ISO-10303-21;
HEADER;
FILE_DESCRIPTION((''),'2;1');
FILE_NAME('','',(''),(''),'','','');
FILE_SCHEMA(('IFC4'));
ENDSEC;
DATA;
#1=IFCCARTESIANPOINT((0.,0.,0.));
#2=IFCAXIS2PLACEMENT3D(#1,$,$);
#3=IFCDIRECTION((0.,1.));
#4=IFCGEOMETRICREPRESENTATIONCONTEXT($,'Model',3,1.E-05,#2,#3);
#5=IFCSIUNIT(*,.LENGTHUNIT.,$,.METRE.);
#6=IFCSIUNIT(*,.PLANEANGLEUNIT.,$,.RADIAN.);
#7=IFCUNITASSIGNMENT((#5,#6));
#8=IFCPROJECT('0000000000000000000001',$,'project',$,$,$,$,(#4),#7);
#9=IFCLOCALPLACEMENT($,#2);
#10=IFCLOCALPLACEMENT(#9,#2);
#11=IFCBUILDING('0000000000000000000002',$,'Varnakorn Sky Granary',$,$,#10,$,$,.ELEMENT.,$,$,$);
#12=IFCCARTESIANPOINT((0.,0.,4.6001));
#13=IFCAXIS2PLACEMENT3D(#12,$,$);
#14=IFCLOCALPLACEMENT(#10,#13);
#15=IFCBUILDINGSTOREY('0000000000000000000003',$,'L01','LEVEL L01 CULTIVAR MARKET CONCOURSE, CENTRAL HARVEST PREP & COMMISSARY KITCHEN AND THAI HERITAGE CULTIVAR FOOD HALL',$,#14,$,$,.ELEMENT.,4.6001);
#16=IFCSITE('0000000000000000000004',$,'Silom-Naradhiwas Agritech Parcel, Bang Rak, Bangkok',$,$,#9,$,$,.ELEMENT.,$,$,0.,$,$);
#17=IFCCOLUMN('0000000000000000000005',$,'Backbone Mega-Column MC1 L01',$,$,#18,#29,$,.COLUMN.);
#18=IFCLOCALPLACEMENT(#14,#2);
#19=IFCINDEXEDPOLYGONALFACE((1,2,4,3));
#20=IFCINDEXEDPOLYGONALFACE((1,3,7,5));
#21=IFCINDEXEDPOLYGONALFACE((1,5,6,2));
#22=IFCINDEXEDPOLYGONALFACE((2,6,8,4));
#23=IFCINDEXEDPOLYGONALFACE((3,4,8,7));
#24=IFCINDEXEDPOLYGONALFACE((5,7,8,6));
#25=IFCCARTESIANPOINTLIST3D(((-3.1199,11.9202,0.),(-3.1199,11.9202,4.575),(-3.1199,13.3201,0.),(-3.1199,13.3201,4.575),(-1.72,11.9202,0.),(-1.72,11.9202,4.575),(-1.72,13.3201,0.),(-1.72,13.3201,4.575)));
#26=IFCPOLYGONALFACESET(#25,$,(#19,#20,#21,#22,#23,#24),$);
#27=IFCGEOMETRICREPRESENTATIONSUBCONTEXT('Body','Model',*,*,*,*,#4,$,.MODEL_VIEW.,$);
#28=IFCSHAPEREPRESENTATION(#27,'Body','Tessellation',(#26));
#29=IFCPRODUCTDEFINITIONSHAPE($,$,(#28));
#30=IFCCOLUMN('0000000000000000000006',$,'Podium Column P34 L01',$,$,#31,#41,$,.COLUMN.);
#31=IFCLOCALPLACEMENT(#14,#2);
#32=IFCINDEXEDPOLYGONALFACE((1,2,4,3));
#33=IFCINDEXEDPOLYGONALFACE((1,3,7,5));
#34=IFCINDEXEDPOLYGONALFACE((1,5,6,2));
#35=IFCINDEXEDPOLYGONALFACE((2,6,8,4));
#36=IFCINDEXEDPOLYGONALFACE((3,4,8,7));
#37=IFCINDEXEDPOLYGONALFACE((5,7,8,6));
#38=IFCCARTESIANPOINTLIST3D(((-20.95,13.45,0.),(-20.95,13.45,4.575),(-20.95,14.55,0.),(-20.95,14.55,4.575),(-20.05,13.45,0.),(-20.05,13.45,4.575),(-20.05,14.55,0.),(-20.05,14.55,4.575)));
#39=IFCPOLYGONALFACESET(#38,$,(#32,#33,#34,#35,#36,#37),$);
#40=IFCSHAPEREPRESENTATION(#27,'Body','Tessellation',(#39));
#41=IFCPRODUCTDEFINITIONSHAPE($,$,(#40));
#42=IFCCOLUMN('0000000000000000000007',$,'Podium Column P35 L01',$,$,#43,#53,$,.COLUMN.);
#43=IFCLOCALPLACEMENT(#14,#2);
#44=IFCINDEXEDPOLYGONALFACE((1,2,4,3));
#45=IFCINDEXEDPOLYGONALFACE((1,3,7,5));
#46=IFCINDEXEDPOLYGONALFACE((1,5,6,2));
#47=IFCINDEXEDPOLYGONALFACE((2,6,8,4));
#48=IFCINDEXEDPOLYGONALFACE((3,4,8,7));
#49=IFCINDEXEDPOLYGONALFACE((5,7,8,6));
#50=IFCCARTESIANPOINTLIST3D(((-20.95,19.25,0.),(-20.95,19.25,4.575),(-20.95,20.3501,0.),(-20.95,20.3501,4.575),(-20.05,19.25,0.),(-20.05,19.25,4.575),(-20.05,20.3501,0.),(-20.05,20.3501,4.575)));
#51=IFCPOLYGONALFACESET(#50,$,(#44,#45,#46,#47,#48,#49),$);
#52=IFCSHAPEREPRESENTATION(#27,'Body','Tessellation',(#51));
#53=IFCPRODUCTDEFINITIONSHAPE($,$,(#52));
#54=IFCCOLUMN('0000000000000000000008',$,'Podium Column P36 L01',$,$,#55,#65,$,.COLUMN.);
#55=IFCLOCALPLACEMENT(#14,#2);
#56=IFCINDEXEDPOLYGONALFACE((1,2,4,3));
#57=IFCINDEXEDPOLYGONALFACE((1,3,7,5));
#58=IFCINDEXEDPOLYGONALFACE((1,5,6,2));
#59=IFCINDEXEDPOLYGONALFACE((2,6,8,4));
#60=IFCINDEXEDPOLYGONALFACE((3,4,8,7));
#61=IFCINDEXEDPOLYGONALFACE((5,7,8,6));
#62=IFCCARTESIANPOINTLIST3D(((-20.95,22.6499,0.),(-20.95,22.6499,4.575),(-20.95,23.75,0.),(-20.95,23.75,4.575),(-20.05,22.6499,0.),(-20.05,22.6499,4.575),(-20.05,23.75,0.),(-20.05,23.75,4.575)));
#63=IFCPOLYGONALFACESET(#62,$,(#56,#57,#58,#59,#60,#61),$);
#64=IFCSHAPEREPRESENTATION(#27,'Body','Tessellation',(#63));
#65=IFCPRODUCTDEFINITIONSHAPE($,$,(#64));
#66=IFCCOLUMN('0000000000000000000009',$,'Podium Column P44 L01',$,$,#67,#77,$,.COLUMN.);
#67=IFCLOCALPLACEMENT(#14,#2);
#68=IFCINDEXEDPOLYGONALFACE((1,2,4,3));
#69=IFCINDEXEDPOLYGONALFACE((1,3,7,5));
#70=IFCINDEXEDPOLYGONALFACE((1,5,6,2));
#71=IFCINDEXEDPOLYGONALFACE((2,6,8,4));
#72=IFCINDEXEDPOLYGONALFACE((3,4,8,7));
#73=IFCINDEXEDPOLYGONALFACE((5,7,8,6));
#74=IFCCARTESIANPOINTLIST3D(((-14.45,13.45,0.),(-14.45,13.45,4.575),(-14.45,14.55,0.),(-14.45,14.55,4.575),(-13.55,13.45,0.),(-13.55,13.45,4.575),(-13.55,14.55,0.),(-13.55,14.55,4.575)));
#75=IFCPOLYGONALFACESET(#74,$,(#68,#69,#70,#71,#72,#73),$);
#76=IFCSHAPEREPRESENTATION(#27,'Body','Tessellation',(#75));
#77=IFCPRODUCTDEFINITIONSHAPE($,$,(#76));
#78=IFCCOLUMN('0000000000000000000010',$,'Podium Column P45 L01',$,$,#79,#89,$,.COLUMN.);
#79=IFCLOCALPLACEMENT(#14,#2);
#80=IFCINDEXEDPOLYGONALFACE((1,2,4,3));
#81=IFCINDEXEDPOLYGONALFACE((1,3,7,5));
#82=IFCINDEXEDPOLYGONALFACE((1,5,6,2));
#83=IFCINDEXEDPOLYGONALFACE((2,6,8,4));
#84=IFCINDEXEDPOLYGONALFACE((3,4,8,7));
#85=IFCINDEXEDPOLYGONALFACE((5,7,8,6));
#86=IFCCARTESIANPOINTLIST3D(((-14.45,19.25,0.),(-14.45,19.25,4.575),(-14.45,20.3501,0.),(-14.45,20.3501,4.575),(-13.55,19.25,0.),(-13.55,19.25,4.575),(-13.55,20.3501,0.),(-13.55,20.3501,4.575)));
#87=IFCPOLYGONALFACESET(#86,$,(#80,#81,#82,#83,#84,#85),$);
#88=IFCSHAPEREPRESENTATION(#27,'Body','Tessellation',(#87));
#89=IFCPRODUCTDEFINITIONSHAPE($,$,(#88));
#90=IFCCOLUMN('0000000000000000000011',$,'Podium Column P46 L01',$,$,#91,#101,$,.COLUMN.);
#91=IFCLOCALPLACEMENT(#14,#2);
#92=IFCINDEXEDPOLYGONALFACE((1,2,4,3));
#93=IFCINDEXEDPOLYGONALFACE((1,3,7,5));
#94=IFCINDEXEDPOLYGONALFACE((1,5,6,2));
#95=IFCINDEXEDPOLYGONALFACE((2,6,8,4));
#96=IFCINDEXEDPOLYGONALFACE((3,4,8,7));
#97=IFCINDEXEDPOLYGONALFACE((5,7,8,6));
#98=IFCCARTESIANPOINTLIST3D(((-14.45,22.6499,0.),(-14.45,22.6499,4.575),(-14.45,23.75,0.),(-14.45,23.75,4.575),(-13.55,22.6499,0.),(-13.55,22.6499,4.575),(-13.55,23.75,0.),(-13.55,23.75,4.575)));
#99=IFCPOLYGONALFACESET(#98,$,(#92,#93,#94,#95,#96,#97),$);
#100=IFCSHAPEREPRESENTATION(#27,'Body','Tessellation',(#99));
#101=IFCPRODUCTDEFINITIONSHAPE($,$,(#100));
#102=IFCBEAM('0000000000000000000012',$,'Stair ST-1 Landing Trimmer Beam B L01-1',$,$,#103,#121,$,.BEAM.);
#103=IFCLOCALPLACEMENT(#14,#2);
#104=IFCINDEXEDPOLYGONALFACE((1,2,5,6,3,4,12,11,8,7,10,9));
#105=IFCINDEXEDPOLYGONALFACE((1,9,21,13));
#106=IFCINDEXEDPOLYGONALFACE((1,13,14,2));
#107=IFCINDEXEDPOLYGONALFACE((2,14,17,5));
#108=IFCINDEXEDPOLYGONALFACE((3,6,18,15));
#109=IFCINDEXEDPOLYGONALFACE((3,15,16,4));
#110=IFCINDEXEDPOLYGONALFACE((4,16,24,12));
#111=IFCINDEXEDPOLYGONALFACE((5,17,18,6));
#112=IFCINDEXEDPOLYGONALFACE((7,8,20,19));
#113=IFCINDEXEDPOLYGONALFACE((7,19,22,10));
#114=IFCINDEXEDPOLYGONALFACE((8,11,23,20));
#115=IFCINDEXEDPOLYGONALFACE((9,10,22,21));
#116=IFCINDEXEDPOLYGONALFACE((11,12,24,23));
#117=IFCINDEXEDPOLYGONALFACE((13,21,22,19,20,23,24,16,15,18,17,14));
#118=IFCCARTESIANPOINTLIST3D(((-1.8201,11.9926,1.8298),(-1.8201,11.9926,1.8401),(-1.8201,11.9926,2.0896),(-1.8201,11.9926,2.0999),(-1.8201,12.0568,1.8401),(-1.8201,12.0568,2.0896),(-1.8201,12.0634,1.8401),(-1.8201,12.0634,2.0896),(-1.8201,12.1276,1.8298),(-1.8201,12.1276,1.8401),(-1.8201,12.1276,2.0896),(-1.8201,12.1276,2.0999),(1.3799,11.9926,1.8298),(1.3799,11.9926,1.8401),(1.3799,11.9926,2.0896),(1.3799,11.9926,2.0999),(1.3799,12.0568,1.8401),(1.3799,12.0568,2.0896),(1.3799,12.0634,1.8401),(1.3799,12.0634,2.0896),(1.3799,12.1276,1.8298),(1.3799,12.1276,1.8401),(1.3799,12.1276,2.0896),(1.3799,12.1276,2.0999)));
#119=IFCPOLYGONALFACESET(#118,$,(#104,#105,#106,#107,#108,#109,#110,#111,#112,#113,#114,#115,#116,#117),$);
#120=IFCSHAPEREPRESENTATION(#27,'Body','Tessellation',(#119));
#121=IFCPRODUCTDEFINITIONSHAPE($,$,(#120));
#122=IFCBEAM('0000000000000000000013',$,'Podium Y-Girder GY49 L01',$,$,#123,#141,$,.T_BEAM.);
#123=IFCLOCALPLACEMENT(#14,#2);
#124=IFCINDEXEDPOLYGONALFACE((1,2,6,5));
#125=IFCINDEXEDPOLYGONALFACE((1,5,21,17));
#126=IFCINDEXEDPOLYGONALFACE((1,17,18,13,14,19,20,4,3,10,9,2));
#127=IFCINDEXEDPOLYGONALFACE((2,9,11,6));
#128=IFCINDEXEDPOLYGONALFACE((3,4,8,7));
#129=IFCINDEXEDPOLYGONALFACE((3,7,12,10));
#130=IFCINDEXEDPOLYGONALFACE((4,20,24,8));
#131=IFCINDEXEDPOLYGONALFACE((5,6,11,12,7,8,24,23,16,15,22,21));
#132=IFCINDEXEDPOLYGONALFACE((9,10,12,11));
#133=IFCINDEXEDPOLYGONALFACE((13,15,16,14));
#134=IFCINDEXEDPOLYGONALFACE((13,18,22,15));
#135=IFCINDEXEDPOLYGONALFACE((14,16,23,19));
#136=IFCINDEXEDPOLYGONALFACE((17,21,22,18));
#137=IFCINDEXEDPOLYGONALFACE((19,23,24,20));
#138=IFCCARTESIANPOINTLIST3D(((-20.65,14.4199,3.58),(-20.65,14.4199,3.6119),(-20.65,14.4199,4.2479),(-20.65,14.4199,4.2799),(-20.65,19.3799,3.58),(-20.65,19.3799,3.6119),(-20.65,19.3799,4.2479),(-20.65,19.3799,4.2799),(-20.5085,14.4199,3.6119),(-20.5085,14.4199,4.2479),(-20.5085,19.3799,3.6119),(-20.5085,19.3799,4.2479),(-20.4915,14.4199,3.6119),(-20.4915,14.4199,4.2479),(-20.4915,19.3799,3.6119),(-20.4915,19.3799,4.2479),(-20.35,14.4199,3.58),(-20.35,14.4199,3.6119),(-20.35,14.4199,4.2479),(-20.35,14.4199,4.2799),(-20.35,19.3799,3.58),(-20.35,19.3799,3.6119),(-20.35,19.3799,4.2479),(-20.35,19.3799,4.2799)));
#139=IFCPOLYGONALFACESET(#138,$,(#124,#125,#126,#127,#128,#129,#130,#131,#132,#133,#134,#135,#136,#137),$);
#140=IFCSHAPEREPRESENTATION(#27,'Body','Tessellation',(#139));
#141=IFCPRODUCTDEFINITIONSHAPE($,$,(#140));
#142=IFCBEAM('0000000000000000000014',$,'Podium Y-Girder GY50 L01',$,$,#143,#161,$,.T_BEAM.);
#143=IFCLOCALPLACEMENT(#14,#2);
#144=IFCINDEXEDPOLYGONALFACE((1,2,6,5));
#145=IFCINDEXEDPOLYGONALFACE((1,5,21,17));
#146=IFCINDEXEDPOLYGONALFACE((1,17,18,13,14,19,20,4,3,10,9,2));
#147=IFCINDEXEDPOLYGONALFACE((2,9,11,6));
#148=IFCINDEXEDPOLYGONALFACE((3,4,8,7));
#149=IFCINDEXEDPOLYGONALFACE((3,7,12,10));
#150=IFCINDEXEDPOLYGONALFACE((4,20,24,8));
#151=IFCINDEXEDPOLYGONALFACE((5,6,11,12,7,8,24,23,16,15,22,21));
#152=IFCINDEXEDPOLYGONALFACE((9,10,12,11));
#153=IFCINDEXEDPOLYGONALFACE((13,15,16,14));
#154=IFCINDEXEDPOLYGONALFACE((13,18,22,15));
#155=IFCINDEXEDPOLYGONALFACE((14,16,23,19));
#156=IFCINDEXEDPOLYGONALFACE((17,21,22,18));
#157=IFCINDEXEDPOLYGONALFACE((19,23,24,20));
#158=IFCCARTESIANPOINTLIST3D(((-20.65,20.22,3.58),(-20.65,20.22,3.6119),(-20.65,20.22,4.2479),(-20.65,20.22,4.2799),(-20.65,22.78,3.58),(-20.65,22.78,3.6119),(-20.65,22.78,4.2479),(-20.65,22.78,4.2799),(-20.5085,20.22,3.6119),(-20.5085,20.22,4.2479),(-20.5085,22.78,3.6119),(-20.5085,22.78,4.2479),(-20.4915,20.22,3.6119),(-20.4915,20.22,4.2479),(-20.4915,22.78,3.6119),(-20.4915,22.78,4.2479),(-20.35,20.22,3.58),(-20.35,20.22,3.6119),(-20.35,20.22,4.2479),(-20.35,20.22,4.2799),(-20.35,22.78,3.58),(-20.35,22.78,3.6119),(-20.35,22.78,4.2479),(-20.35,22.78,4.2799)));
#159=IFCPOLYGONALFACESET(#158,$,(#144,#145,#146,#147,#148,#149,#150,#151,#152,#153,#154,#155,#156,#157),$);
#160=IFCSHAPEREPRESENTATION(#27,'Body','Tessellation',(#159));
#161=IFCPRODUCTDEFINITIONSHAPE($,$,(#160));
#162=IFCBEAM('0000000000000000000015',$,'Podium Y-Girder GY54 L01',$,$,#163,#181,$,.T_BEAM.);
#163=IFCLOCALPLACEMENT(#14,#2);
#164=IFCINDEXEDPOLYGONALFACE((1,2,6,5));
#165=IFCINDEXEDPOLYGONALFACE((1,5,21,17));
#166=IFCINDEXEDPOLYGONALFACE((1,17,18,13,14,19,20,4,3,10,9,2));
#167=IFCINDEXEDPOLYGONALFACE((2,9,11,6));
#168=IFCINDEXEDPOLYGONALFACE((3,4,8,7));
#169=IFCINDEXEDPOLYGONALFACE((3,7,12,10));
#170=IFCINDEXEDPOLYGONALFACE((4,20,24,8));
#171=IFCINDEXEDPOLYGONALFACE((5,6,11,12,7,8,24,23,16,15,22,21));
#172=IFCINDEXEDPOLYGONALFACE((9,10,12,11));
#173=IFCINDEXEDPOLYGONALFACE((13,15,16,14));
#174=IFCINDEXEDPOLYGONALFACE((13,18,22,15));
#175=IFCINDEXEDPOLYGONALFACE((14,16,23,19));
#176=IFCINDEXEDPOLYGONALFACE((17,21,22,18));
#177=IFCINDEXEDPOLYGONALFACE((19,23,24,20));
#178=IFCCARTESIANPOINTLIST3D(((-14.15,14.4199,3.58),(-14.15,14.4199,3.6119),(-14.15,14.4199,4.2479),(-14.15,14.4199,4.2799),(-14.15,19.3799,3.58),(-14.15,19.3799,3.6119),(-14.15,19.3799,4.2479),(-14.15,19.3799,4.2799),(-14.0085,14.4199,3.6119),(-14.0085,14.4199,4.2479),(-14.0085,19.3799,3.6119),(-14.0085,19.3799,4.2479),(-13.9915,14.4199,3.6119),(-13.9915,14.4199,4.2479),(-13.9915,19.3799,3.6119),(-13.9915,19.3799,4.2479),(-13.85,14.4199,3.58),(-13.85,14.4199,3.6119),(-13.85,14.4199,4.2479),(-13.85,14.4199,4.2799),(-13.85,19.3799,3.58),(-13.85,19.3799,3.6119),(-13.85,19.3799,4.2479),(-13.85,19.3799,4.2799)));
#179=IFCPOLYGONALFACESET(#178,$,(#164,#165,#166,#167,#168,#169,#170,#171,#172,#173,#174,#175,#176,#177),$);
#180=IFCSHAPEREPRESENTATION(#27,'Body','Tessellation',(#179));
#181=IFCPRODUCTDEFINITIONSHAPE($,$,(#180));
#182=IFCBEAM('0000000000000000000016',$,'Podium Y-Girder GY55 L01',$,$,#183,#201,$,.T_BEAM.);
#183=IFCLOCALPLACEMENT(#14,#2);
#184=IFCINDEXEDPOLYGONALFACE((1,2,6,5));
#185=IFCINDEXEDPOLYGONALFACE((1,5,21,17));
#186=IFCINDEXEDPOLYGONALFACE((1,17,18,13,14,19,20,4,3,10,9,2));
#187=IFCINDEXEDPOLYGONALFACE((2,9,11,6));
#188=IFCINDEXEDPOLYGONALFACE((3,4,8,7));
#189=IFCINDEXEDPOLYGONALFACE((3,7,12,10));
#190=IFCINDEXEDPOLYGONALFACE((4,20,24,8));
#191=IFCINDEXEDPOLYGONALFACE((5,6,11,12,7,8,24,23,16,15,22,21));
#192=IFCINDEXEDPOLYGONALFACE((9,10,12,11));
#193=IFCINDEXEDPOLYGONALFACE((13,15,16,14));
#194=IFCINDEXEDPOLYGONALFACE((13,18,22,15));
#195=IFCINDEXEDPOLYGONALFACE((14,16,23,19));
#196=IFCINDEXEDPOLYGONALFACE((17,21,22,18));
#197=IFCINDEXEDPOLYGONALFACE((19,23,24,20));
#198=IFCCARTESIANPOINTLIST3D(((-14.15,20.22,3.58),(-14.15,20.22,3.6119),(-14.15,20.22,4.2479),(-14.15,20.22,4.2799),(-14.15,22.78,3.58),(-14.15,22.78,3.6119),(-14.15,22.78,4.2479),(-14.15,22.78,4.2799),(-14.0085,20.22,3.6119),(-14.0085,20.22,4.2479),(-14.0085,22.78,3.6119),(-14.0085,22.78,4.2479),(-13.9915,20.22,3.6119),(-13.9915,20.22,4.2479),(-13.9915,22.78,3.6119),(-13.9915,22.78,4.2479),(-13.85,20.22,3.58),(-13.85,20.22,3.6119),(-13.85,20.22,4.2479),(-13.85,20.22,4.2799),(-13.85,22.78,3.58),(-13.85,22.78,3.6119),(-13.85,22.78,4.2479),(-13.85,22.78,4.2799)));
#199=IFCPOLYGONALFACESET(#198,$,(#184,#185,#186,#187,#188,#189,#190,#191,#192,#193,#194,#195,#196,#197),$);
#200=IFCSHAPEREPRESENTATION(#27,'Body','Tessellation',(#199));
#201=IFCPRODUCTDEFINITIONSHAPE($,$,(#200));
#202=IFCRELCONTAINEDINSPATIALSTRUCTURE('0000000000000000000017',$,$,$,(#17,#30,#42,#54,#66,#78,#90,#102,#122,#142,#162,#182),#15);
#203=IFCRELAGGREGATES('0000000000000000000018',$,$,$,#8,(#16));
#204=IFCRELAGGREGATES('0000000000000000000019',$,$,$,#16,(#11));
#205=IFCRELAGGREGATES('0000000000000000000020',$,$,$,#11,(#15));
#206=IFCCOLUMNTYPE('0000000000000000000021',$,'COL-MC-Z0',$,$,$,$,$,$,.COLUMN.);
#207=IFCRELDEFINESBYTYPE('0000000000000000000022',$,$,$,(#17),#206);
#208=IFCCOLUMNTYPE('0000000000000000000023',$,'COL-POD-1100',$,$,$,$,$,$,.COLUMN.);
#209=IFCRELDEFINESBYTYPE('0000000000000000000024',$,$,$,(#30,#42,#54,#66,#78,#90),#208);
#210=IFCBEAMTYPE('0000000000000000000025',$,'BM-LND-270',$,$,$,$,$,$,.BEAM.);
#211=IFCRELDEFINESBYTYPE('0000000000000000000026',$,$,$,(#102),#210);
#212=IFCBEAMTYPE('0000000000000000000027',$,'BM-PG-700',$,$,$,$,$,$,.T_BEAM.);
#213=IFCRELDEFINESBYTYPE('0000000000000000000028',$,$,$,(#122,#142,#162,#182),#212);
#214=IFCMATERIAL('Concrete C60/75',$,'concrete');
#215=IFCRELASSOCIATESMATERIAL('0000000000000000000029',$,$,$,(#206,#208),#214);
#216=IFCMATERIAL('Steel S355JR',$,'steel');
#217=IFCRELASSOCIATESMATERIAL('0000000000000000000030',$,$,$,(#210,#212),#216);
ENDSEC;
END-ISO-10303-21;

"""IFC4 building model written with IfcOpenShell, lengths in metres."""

from ifc_helpers import new_model, si_unit, direction, frame, origin, origin_2d, place, context, subcontext, project, spatial, rectangle, i_section, extrude, material, material_profile, profile_set, type_object, element, save


model = new_model("IFC4")

# Units and contexts
model_context = context("Model", 3, precision=1e-05, world=origin(), true_north=direction((0.0, 1.0)))
body_context = subcontext(model_context, "Body", "Model", "MODEL_VIEW")
ifc_project = project(units=[si_unit("LENGTHUNIT", "METRE"), si_unit("PLANEANGLEUNIT", "RADIAN")], contexts=[model_context])

# Site, building, storey
site_placement = place(None, origin())
site = spatial("IfcSite", under=ifc_project, at=site_placement, Name="Silom-Naradhiwas Agritech Parcel, Bang Rak, Bangkok", CompositionType="ELEMENT", RefElevation=0.0)
building_placement = place(site_placement, origin())
building = spatial("IfcBuilding", under=site, at=building_placement, Name="Varnakorn Sky Granary", CompositionType="ELEMENT")
storey_placement = place(building_placement, frame((0.0, 0.0, 4.6001)))
storey = spatial("IfcBuildingStorey", under=building, at=storey_placement, Name="L01", Description="LEVEL L01 CULTIVAR MARKET CONCOURSE, CENTRAL HARVEST PREP & COMMISSARY KITCHEN AND THAI HERITAGE CULTIVAR FOOD HALL", CompositionType="ELEMENT", Elevation=4.6001)

# Columns
ifc_material_1 = material(Name="Concrete C60/75", Category="concrete")
ifc_material_profile_1 = material_profile(ifc_material_1, rectangle(XDim=1.3999, YDim=1.3999, at=origin_2d()), Name="RC 1400x1400")
ifc_profile_set_1 = profile_set([ifc_material_profile_1], Name="Concrete C60/75")
column_type_1 = type_object("IfcColumnType", Name="COL-MC-Z0", PredefinedType="COLUMN", material=ifc_profile_set_1)
column_placement = place(storey_placement, frame((-2.4199, 12.6201, 0.0), z_axis=(0.0, 0.0, 1.0), x_axis=(1.0, 0.0, 0.0)))
element("IfcColumn", 1, at=column_placement, inside=storey, type_object=column_type_1, Name="Backbone Mega-Column MC1 L01", PredefinedType="COLUMN", context=body_context, shape_type="SweptSolid", body=[
    extrude(rectangle(XDim=1.3999, YDim=1.3999, at=origin_2d()), origin(), (0.0, 0.0, 1.0), 4.575),
])
ifc_material_profile_2 = material_profile(ifc_material_1, rectangle(XDim=0.8999, YDim=1.1001, at=origin_2d()), Name="RC 900x1100")
ifc_profile_set_2 = profile_set([ifc_material_profile_2], Name="Concrete C60/75")
column_type_2 = type_object("IfcColumnType", Name="COL-POD-1100", PredefinedType="COLUMN", material=ifc_profile_set_2)
for number, where, z_axis, x_axis, name in (
    (2, (-20.5, 14.0, 0.0), (0.0, 0.0, 1.0), (1.0, 0.0, 0.0), "Podium Column P34 L01"),
    (3, (-20.5, 19.8, 0.0), (0.0, 0.0, 1.0), (1.0, 0.0, 0.0), "Podium Column P35 L01"),
    (4, (-20.5, 23.2, 0.0), (0.0, 0.0, 1.0), (1.0, 0.0, 0.0), "Podium Column P36 L01"),
    (5, (-14.0, 14.0, 0.0), (0.0, 0.0, 1.0), (1.0, 0.0, 0.0), "Podium Column P44 L01"),
    (6, (-14.0, 19.8, 0.0), (0.0, 0.0, 1.0), (1.0, 0.0, 0.0), "Podium Column P45 L01"),
    (7, (-14.0, 23.2, 0.0), (0.0, 0.0, 1.0), (1.0, 0.0, 0.0), "Podium Column P46 L01"),
):
    element("IfcColumn", number, at=place(storey_placement, frame(where, z_axis=z_axis, x_axis=x_axis)), inside=storey, type_object=column_type_2, Name=name, PredefinedType="COLUMN", context=body_context, shape_type="SweptSolid", body=[
        extrude(rectangle(XDim=0.8999, YDim=1.1001, at=origin_2d()), origin(), (0.0, 0.0, 1.0), 4.575),
    ])

# Beams
ifc_material_2 = material(Name="Steel S355JR", Category="steel")
ifc_material_profile_3 = material_profile(ifc_material_2, i_section(OverallWidth=0.135, OverallDepth=0.27, WebThickness=0.0066, FlangeThickness=0.0103, at=origin_2d()), Name="IPE 270")
ifc_profile_set_3 = profile_set([ifc_material_profile_3], Name="Steel S355JR")
beam_type_1 = type_object("IfcBeamType", Name="BM-LND-270", PredefinedType="BEAM", material=ifc_profile_set_3)
beam_1_placement = place(storey_placement, frame((-1.8201, 12.0601, 1.9648), z_axis=(1.0, 0.0, 0.0), x_axis=(0.0, 1.0, 0.0)))
element("IfcBeam", 8, at=beam_1_placement, inside=storey, type_object=beam_type_1, Name="Stair ST-1 Landing Trimmer Beam B L01-1", PredefinedType="BEAM", context=body_context, shape_type="SweptSolid", body=[
    extrude(i_section(OverallWidth=0.135, OverallDepth=0.27, WebThickness=0.0066, FlangeThickness=0.0103, at=origin_2d()), origin(), (0.0, 0.0, 1.0), 3.2),
])
ifc_material_profile_4 = material_profile(ifc_material_2, i_section(OverallWidth=0.3, OverallDepth=0.7, WebThickness=0.0171, FlangeThickness=0.032, at=origin_2d()), Name="HE 700 B")
ifc_profile_set_4 = profile_set([ifc_material_profile_4], Name="Steel S355JR")
beam_type_2 = type_object("IfcBeamType", Name="BM-PG-700", PredefinedType="T_BEAM", material=ifc_profile_set_4)
beam_2_placement = place(storey_placement, frame((-20.5, 14.4199, 3.9299), z_axis=(0.0, 1.0, 0.0), x_axis=(-1.0, 0.0, 0.0)))
element("IfcBeam", 9, at=beam_2_placement, inside=storey, type_object=beam_type_2, Name="Podium Y-Girder GY49 L01", PredefinedType="T_BEAM", context=body_context, shape_type="SweptSolid", body=[
    extrude(i_section(OverallWidth=0.3, OverallDepth=0.7, WebThickness=0.0171, FlangeThickness=0.032, at=origin_2d()), origin(), (0.0, 0.0, 1.0), 4.96),
])
beam_3_placement = place(storey_placement, frame((-20.5, 20.22, 3.9299), z_axis=(0.0, 1.0, 0.0), x_axis=(-1.0, 0.0, 0.0)))
element("IfcBeam", 10, at=beam_3_placement, inside=storey, type_object=beam_type_2, Name="Podium Y-Girder GY50 L01", PredefinedType="T_BEAM", context=body_context, shape_type="SweptSolid", body=[
    extrude(i_section(OverallWidth=0.3, OverallDepth=0.7, WebThickness=0.0171, FlangeThickness=0.032, at=origin_2d()), origin(), (0.0, 0.0, 1.0), 2.5601),
])
beam_4_placement = place(storey_placement, frame((-14.0, 14.4199, 3.9299), z_axis=(0.0, 1.0, 0.0), x_axis=(-1.0, 0.0, 0.0)))
element("IfcBeam", 11, at=beam_4_placement, inside=storey, type_object=beam_type_2, Name="Podium Y-Girder GY54 L01", PredefinedType="T_BEAM", context=body_context, shape_type="SweptSolid", body=[
    extrude(i_section(OverallWidth=0.3, OverallDepth=0.7, WebThickness=0.0171, FlangeThickness=0.032, at=origin_2d()), origin(), (0.0, 0.0, 1.0), 4.96),
])
beam_5_placement = place(storey_placement, frame((-14.0, 20.22, 3.9299), z_axis=(0.0, 1.0, 0.0), x_axis=(-1.0, 0.0, 0.0)))
element("IfcBeam", 12, at=beam_5_placement, inside=storey, type_object=beam_type_2, Name="Podium Y-Girder GY55 L01", PredefinedType="T_BEAM", context=body_context, shape_type="SweptSolid", body=[
    extrude(i_section(OverallWidth=0.3, OverallDepth=0.7, WebThickness=0.0171, FlangeThickness=0.032, at=origin_2d()), origin(), (0.0, 0.0, 1.0), 2.5601),
])

save(model, "model.ifc")
